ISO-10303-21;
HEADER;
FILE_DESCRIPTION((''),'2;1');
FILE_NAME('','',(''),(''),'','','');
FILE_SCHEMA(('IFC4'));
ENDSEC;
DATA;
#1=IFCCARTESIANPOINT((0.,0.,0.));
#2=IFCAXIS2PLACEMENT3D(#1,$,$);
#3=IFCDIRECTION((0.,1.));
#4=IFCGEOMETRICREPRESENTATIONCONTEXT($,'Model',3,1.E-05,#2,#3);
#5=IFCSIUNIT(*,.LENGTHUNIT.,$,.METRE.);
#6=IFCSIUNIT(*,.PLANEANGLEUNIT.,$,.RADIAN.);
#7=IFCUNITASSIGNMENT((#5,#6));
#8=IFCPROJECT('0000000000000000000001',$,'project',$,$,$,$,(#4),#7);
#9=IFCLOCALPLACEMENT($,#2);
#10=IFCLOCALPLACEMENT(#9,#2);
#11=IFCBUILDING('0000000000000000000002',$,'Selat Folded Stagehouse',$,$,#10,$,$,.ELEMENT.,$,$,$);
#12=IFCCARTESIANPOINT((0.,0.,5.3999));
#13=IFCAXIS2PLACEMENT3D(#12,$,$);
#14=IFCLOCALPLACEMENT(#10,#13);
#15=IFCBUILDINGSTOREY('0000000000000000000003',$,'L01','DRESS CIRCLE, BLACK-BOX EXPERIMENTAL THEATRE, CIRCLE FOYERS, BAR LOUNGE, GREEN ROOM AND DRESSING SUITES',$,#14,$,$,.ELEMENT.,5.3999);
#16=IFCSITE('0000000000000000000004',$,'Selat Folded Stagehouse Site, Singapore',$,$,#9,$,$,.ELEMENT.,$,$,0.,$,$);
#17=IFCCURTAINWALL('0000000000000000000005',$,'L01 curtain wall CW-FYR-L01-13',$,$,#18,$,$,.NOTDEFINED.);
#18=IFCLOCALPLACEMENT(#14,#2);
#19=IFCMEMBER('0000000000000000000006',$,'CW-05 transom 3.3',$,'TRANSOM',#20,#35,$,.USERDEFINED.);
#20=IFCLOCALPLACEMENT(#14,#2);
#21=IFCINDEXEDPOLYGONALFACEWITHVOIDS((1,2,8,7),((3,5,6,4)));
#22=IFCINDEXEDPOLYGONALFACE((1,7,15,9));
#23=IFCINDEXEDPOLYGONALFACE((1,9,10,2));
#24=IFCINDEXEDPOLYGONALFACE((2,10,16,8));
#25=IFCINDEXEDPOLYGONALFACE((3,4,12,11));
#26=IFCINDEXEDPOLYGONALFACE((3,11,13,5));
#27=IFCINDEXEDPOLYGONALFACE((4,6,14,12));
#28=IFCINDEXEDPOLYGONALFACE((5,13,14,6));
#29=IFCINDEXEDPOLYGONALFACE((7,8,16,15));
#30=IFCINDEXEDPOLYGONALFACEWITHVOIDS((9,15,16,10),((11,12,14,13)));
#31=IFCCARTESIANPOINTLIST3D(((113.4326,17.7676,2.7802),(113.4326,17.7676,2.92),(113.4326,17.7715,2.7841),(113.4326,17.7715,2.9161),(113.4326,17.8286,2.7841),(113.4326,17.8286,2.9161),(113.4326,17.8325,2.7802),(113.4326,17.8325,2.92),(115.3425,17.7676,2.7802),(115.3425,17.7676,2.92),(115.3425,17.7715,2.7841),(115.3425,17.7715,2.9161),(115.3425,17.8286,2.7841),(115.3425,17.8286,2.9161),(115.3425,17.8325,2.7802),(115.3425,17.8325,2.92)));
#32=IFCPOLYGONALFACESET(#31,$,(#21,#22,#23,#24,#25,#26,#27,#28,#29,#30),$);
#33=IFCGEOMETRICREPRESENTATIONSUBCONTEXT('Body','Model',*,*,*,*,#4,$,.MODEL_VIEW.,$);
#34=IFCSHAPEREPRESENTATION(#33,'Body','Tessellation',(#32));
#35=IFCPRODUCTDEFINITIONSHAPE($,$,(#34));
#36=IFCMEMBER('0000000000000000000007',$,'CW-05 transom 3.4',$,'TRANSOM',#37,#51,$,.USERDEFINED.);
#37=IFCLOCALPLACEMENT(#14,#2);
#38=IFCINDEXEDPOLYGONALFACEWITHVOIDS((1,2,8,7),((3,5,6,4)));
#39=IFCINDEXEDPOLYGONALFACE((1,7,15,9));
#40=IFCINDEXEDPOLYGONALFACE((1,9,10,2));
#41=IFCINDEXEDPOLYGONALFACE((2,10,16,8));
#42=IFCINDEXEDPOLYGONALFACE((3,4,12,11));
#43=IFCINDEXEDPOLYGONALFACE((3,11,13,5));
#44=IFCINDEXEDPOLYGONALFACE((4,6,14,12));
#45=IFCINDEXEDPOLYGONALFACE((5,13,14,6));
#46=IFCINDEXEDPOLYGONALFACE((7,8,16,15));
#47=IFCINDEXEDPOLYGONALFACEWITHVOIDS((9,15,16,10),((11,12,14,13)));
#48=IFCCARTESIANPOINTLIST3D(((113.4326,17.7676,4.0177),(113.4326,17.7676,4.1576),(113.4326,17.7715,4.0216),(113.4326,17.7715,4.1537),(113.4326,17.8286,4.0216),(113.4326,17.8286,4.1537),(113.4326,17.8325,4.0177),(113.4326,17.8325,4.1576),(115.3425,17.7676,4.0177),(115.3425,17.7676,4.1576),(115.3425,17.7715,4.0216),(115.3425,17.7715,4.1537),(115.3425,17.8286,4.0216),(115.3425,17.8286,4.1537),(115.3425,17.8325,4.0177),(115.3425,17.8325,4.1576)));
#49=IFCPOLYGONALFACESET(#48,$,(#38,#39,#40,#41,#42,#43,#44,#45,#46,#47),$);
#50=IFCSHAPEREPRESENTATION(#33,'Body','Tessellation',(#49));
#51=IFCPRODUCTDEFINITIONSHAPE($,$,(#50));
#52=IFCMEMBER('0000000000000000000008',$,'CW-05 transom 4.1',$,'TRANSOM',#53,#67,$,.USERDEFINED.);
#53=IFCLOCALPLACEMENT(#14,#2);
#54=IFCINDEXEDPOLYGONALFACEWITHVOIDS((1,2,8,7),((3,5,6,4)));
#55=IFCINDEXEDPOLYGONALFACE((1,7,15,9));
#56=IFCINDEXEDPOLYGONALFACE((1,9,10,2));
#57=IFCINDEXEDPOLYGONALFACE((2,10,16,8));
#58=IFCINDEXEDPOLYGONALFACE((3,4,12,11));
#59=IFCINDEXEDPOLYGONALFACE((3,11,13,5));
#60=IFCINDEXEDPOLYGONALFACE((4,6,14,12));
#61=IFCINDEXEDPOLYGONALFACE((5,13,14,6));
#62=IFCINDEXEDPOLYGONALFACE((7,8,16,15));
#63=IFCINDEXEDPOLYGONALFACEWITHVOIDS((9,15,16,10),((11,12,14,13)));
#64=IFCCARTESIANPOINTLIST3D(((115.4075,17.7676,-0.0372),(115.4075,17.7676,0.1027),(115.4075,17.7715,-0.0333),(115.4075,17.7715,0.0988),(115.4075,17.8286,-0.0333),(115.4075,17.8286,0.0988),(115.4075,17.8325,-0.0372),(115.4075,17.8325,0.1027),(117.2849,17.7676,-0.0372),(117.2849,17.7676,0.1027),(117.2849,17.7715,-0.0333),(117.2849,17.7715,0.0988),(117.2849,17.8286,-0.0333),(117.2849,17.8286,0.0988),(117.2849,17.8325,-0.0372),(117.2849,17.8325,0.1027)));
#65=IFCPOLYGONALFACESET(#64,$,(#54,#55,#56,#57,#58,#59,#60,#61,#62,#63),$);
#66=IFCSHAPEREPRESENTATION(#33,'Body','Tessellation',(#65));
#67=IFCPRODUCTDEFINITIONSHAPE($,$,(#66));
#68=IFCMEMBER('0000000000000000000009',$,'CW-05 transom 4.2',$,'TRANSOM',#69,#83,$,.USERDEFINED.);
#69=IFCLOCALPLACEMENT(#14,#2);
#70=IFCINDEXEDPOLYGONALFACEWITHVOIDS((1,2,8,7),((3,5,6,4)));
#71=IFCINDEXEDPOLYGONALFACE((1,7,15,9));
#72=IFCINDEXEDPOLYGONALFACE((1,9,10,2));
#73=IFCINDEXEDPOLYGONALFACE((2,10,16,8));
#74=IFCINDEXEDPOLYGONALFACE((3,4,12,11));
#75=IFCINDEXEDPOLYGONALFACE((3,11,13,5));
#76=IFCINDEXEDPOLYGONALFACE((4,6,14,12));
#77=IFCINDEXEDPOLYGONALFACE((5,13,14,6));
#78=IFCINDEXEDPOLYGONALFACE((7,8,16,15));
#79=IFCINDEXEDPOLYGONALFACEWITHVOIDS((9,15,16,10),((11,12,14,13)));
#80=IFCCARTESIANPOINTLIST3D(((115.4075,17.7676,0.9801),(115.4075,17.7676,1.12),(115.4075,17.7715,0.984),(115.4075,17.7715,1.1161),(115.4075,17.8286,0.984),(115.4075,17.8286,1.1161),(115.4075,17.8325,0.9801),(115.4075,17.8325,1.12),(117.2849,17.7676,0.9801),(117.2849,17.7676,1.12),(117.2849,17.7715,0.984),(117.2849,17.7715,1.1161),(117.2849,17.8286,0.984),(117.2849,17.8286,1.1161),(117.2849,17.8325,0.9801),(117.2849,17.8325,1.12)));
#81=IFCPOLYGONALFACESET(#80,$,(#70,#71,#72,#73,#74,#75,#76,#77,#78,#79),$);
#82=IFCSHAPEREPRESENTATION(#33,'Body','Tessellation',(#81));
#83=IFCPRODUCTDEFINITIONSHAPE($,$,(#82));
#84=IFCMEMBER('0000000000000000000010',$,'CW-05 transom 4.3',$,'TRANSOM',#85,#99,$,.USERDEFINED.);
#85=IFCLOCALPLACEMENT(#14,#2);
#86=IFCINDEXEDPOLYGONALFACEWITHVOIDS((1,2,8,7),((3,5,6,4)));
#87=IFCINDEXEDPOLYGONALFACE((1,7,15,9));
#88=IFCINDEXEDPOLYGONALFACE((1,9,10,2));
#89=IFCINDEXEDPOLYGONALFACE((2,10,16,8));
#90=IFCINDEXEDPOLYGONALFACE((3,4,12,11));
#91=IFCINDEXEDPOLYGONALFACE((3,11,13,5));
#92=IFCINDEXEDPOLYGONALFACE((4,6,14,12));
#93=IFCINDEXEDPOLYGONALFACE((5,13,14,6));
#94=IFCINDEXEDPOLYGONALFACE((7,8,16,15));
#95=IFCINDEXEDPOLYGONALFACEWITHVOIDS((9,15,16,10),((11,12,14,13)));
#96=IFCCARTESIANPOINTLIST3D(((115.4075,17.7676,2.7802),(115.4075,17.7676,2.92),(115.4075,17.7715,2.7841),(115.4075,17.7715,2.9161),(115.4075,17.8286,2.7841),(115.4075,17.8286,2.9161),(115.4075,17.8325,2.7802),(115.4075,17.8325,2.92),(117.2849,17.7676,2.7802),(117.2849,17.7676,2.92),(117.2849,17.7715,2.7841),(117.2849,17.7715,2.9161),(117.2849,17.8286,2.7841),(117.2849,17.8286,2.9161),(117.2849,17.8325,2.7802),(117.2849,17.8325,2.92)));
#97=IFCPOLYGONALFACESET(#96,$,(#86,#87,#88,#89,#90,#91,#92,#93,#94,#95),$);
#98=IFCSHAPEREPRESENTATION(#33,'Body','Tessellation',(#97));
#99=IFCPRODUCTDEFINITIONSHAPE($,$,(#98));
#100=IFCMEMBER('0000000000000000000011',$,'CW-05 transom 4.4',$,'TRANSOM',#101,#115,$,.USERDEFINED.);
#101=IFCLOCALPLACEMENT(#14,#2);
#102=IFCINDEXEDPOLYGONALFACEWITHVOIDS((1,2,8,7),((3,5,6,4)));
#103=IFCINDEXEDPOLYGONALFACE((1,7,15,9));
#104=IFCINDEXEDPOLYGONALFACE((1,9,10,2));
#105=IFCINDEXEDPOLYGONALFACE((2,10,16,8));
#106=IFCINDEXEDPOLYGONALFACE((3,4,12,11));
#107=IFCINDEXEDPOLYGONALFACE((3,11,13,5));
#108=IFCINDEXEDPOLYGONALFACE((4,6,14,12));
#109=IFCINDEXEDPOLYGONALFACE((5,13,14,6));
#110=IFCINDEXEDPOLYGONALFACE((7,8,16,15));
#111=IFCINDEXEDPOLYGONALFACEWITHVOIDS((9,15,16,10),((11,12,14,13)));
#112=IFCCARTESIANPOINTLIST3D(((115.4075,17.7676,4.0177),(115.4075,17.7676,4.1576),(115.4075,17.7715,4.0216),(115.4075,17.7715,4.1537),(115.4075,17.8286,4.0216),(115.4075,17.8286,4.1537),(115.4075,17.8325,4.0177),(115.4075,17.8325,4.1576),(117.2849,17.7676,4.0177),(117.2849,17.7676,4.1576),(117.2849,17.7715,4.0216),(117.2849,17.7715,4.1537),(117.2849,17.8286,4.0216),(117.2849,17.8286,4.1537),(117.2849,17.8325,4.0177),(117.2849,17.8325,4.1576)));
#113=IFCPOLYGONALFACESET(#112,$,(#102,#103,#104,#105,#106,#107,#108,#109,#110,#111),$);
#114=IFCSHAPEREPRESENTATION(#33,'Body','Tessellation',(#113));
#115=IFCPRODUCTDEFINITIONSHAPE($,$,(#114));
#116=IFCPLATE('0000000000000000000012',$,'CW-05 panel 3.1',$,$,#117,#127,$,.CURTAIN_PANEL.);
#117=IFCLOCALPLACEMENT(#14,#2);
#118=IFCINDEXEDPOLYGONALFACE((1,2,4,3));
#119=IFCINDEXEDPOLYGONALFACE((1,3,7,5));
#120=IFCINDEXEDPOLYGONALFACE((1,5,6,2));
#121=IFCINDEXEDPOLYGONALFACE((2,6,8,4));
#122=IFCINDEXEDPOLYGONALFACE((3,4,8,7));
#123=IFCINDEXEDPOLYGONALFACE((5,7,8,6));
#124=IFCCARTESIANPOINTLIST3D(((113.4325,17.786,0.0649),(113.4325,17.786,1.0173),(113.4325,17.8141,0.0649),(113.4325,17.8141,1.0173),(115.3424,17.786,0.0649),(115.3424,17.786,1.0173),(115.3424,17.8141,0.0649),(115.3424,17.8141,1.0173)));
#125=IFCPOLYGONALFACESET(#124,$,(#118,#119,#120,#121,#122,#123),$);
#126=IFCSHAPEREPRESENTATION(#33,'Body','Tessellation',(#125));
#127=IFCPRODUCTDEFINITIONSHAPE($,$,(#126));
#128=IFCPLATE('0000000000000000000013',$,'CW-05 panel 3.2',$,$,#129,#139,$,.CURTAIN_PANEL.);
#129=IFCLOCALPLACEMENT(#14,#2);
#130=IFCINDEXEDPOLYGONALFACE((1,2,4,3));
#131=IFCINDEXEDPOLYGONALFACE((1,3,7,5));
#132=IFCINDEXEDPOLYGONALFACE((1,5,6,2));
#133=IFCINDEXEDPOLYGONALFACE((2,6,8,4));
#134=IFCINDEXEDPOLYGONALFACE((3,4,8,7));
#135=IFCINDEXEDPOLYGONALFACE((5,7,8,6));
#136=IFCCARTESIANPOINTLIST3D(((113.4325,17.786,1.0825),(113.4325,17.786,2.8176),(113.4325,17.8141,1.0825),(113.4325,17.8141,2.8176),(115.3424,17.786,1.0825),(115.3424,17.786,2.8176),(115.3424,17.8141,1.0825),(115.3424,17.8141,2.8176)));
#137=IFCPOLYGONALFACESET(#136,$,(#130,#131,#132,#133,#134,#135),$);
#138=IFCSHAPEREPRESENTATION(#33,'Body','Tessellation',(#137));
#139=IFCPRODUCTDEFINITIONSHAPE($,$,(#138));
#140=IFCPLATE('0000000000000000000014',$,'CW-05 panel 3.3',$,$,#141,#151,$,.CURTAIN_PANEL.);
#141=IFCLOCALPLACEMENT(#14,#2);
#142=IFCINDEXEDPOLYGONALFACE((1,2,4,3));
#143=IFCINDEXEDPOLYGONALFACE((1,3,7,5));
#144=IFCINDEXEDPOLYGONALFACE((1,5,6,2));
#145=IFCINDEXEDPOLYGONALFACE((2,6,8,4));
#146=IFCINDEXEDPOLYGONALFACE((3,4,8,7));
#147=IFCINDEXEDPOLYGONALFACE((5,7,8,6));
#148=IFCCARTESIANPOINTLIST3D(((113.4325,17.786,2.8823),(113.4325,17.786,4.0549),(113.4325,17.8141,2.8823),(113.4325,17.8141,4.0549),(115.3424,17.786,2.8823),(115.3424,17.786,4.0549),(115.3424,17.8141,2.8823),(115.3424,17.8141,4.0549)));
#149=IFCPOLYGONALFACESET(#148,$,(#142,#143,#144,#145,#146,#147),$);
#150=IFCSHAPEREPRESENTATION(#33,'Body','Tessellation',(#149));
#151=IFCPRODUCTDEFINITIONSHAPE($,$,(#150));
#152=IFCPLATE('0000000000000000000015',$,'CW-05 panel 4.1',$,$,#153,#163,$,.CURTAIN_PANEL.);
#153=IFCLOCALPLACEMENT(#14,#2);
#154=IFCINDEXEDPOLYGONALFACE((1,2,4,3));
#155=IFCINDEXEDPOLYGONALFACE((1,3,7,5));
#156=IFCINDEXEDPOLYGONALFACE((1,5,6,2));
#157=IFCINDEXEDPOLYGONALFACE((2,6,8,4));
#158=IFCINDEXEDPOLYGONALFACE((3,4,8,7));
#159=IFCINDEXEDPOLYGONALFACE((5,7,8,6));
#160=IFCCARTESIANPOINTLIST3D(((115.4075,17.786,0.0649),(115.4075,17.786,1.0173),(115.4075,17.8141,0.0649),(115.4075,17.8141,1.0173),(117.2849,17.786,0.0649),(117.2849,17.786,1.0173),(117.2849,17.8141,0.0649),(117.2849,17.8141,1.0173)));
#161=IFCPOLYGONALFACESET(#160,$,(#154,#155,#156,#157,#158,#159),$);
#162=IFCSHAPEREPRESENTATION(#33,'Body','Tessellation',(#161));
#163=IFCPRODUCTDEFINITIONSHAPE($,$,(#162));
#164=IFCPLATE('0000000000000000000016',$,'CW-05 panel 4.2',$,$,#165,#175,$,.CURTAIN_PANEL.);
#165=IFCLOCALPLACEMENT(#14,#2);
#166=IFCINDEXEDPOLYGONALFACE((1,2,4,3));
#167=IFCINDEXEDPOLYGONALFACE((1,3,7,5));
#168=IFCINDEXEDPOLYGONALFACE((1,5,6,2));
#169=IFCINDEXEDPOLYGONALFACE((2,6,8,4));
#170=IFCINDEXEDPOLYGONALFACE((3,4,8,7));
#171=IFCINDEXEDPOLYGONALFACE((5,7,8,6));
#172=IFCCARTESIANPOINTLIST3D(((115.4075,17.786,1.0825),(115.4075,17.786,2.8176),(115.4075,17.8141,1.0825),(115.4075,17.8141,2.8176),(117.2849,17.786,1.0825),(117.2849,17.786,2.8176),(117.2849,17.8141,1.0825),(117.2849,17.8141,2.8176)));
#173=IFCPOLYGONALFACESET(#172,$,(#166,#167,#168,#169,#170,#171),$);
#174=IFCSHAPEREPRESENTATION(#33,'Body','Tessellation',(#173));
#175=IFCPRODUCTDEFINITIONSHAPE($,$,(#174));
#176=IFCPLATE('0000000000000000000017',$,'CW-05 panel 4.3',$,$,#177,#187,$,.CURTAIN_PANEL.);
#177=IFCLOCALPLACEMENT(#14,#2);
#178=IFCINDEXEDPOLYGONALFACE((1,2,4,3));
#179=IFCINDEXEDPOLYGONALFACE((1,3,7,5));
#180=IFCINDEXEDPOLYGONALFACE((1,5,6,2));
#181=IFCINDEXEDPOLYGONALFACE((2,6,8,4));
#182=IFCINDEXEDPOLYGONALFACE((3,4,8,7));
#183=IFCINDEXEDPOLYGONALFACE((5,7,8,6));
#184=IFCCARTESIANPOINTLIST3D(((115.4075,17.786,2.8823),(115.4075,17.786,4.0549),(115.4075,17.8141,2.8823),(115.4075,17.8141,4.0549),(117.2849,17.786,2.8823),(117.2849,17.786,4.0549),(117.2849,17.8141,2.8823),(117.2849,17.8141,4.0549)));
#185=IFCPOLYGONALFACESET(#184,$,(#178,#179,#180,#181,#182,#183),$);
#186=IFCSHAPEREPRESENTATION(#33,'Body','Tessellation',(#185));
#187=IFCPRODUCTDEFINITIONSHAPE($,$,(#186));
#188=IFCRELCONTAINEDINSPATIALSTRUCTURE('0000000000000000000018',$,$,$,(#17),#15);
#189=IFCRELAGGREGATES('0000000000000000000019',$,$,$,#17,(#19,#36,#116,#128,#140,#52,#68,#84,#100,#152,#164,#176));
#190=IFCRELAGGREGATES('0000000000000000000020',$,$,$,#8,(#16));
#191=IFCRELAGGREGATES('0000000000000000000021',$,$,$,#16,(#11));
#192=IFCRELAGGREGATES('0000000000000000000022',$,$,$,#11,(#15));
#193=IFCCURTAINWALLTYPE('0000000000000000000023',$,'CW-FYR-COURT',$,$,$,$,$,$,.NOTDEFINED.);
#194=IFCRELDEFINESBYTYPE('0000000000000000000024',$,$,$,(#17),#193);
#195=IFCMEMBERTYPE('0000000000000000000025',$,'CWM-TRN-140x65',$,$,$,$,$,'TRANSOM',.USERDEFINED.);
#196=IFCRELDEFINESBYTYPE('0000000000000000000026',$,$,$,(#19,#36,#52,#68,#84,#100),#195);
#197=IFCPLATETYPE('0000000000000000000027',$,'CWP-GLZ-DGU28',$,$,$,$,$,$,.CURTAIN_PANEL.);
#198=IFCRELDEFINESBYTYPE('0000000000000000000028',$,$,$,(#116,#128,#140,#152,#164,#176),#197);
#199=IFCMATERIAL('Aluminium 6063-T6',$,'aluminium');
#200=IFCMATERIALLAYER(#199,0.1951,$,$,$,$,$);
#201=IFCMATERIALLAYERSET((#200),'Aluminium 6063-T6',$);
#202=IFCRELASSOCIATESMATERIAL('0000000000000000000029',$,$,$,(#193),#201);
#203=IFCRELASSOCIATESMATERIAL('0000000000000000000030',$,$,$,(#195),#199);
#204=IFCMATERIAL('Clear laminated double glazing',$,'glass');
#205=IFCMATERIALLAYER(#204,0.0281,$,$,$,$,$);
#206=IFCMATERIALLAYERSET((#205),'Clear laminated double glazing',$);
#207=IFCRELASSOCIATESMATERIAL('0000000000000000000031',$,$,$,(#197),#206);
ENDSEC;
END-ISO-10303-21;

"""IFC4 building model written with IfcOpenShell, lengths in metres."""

from ifc_helpers import new_model, si_unit, direction, frame, origin, origin_2d, place, context, subcontext, project, spatial, rectangle, hollow_rectangle, extrude, material, layer, layer_set, material_profile, profile_set, type_object, element, aggregate, save


model = new_model("IFC4")

# Units and contexts
model_context = context("Model", 3, precision=1e-05, world=origin(), true_north=direction((0.0, 1.0)))
body_context = subcontext(model_context, "Body", "Model", "MODEL_VIEW")
ifc_project = project(units=[si_unit("LENGTHUNIT", "METRE"), si_unit("PLANEANGLEUNIT", "RADIAN")], contexts=[model_context])

# Site, building, storey
site_placement = place(None, origin())
site = spatial("IfcSite", under=ifc_project, at=site_placement, Name="Selat Folded Stagehouse Site, Singapore", CompositionType="ELEMENT", RefElevation=0.0)
building_placement = place(site_placement, origin())
building = spatial("IfcBuilding", under=site, at=building_placement, Name="Selat Folded Stagehouse", CompositionType="ELEMENT")
storey_placement = place(building_placement, frame((0.0, 0.0, 5.3999)))
storey = spatial("IfcBuildingStorey", under=building, at=storey_placement, Name="L01", Description="DRESS CIRCLE, BLACK-BOX EXPERIMENTAL THEATRE, CIRCLE FOYERS, BAR LOUNGE, GREEN ROOM AND DRESSING SUITES", CompositionType="ELEMENT", Elevation=5.3999)

# Curtain wall, members, plates
ifc_material_1 = material(Name="Aluminium 6063-T6", Category="aluminium")
ifc_layer_1 = layer(ifc_material_1, 0.1951)
ifc_layer_set_1 = layer_set([ifc_layer_1], Name="Aluminium 6063-T6")
curtain_wall_type = type_object("IfcCurtainWallType", Name="CW-FYR-COURT", PredefinedType="NOTDEFINED", material=ifc_layer_set_1)
curtain_wall_placement = place(storey_placement, origin())
curtain_wall = element("IfcCurtainWall", 1, at=curtain_wall_placement, inside=storey, type_object=curtain_wall_type, Name="L01 curtain wall CW-FYR-L01-13", PredefinedType="NOTDEFINED")
ifc_material_profile_1 = material_profile(ifc_material_1, hollow_rectangle(XDim=0.0649, YDim=0.1399, WallThickness=0.0039, at=origin_2d()), Name="ALU 140x65x4.0")
ifc_profile_set_1 = profile_set([ifc_material_profile_1], Name="Aluminium 6063-T6")
member_type_1 = type_object("IfcMemberType", Name="CWM-TRN-140x65", ElementType="TRANSOM", PredefinedType="USERDEFINED", material=ifc_profile_set_1)
member_1_placement = place(storey_placement, frame((113.4326, 17.8, 2.8501), z_axis=(1.0, 0.0, 0.0), x_axis=(0.0, 1.0, 0.0)))
member_1 = element("IfcMember", 2, at=member_1_placement, type_object=member_type_1, Name="CW-05 transom 3.3", ObjectType="TRANSOM", PredefinedType="USERDEFINED", context=body_context, shape_type="SweptSolid", body=[
    extrude(hollow_rectangle(XDim=0.0649, YDim=0.1399, WallThickness=0.0039, at=origin_2d()), origin(), (0.0, 0.0, 1.0), 1.9099),
])
member_2_placement = place(storey_placement, frame((113.4326, 17.8, 4.0876), z_axis=(1.0, 0.0, 0.0), x_axis=(0.0, 1.0, 0.0)))
member_2 = element("IfcMember", 3, at=member_2_placement, type_object=member_type_1, Name="CW-05 transom 3.4", ObjectType="TRANSOM", PredefinedType="USERDEFINED", context=body_context, shape_type="SweptSolid", body=[
    extrude(hollow_rectangle(XDim=0.0649, YDim=0.1399, WallThickness=0.0039, at=origin_2d()), origin(), (0.0, 0.0, 1.0), 1.9099),
])
member_3_placement = place(storey_placement, frame((115.4075, 17.8, 0.0327), z_axis=(1.0, 0.0, 0.0), x_axis=(0.0, 1.0, 0.0)))
member_3 = element("IfcMember", 4, at=member_3_placement, type_object=member_type_1, Name="CW-05 transom 4.1", ObjectType="TRANSOM", PredefinedType="USERDEFINED", context=body_context, shape_type="SweptSolid", body=[
    extrude(hollow_rectangle(XDim=0.0649, YDim=0.1399, WallThickness=0.0039, at=origin_2d()), origin(), (0.0, 0.0, 1.0), 1.8774),
])
member_4_placement = place(storey_placement, frame((115.4075, 17.8, 1.05), z_axis=(1.0, 0.0, 0.0), x_axis=(0.0, 1.0, 0.0)))
member_4 = element("IfcMember", 5, at=member_4_placement, type_object=member_type_1, Name="CW-05 transom 4.2", ObjectType="TRANSOM", PredefinedType="USERDEFINED", context=body_context, shape_type="SweptSolid", body=[
    extrude(hollow_rectangle(XDim=0.0649, YDim=0.1399, WallThickness=0.0039, at=origin_2d()), origin(), (0.0, 0.0, 1.0), 1.8774),
])
member_5_placement = place(storey_placement, frame((115.4075, 17.8, 2.8501), z_axis=(1.0, 0.0, 0.0), x_axis=(0.0, 1.0, 0.0)))
member_5 = element("IfcMember", 6, at=member_5_placement, type_object=member_type_1, Name="CW-05 transom 4.3", ObjectType="TRANSOM", PredefinedType="USERDEFINED", context=body_context, shape_type="SweptSolid", body=[
    extrude(hollow_rectangle(XDim=0.0649, YDim=0.1399, WallThickness=0.0039, at=origin_2d()), origin(), (0.0, 0.0, 1.0), 1.8774),
])
member_6_placement = place(storey_placement, frame((115.4075, 17.8, 4.0876), z_axis=(1.0, 0.0, 0.0), x_axis=(0.0, 1.0, 0.0)))
member_6 = element("IfcMember", 7, at=member_6_placement, type_object=member_type_1, Name="CW-05 transom 4.4", ObjectType="TRANSOM", PredefinedType="USERDEFINED", context=body_context, shape_type="SweptSolid", body=[
    extrude(hollow_rectangle(XDim=0.0649, YDim=0.1399, WallThickness=0.0039, at=origin_2d()), origin(), (0.0, 0.0, 1.0), 1.8774),
])
ifc_material_2 = material(Name="Clear laminated double glazing", Category="glass")
ifc_layer_2 = layer(ifc_material_2, 0.0281)
ifc_layer_set_2 = layer_set([ifc_layer_2], Name="Clear laminated double glazing")
plate_type = type_object("IfcPlateType", Name="CWP-GLZ-DGU28", PredefinedType="CURTAIN_PANEL", material=ifc_layer_set_2)
plate_1_placement = place(storey_placement, frame((114.3875, 17.8, 0.0649), z_axis=(0.0, 0.0, 1.0), x_axis=(1.0, 0.0, 0.0)))
plate_1 = element("IfcPlate", 8, at=plate_1_placement, type_object=plate_type, Name="CW-05 panel 3.1", PredefinedType="CURTAIN_PANEL", context=body_context, shape_type="SweptSolid", body=[
    extrude(rectangle(XDim=1.9099, YDim=0.0281, at=origin_2d()), origin(), (0.0, 0.0, 1.0), 0.9524),
])
plate_2_placement = place(storey_placement, frame((114.3875, 17.8, 1.0825), z_axis=(0.0, 0.0, 1.0), x_axis=(1.0, 0.0, 0.0)))
plate_2 = element("IfcPlate", 9, at=plate_2_placement, type_object=plate_type, Name="CW-05 panel 3.2", PredefinedType="CURTAIN_PANEL", context=body_context, shape_type="SweptSolid", body=[
    extrude(rectangle(XDim=1.9099, YDim=0.0281, at=origin_2d()), origin(), (0.0, 0.0, 1.0), 1.7351),
])
plate_3_placement = place(storey_placement, frame((114.3875, 17.8, 2.8823), z_axis=(0.0, 0.0, 1.0), x_axis=(1.0, 0.0, 0.0)))
plate_3 = element("IfcPlate", 10, at=plate_3_placement, type_object=plate_type, Name="CW-05 panel 3.3", PredefinedType="CURTAIN_PANEL", context=body_context, shape_type="SweptSolid", body=[
    extrude(rectangle(XDim=1.9099, YDim=0.0281, at=origin_2d()), origin(), (0.0, 0.0, 1.0), 1.1726),
])
plate_4_placement = place(storey_placement, frame((116.3462, 17.8, 0.0649), z_axis=(0.0, 0.0, 1.0), x_axis=(1.0, 0.0, 0.0)))
plate_4 = element("IfcPlate", 11, at=plate_4_placement, type_object=plate_type, Name="CW-05 panel 4.1", PredefinedType="CURTAIN_PANEL", context=body_context, shape_type="SweptSolid", body=[
    extrude(rectangle(XDim=1.8774, YDim=0.0281, at=origin_2d()), origin(), (0.0, 0.0, 1.0), 0.9524),
])
plate_5_placement = place(storey_placement, frame((116.3462, 17.8, 1.0825), z_axis=(0.0, 0.0, 1.0), x_axis=(1.0, 0.0, 0.0)))
plate_5 = element("IfcPlate", 12, at=plate_5_placement, type_object=plate_type, Name="CW-05 panel 4.2", PredefinedType="CURTAIN_PANEL", context=body_context, shape_type="SweptSolid", body=[
    extrude(rectangle(XDim=1.8774, YDim=0.0281, at=origin_2d()), origin(), (0.0, 0.0, 1.0), 1.7351),
])
plate_6_placement = place(storey_placement, frame((116.3462, 17.8, 2.8823), z_axis=(0.0, 0.0, 1.0), x_axis=(1.0, 0.0, 0.0)))
plate_6 = element("IfcPlate", 13, at=plate_6_placement, type_object=plate_type, Name="CW-05 panel 4.3", PredefinedType="CURTAIN_PANEL", context=body_context, shape_type="SweptSolid", body=[
    extrude(rectangle(XDim=1.8774, YDim=0.0281, at=origin_2d()), origin(), (0.0, 0.0, 1.0), 1.1726),
])
aggregate(curtain_wall, [member_1, member_2, plate_1, plate_2, plate_3, member_3, member_4, member_5, member_6, plate_4, plate_5, plate_6])

save(model, "model.ifc")
